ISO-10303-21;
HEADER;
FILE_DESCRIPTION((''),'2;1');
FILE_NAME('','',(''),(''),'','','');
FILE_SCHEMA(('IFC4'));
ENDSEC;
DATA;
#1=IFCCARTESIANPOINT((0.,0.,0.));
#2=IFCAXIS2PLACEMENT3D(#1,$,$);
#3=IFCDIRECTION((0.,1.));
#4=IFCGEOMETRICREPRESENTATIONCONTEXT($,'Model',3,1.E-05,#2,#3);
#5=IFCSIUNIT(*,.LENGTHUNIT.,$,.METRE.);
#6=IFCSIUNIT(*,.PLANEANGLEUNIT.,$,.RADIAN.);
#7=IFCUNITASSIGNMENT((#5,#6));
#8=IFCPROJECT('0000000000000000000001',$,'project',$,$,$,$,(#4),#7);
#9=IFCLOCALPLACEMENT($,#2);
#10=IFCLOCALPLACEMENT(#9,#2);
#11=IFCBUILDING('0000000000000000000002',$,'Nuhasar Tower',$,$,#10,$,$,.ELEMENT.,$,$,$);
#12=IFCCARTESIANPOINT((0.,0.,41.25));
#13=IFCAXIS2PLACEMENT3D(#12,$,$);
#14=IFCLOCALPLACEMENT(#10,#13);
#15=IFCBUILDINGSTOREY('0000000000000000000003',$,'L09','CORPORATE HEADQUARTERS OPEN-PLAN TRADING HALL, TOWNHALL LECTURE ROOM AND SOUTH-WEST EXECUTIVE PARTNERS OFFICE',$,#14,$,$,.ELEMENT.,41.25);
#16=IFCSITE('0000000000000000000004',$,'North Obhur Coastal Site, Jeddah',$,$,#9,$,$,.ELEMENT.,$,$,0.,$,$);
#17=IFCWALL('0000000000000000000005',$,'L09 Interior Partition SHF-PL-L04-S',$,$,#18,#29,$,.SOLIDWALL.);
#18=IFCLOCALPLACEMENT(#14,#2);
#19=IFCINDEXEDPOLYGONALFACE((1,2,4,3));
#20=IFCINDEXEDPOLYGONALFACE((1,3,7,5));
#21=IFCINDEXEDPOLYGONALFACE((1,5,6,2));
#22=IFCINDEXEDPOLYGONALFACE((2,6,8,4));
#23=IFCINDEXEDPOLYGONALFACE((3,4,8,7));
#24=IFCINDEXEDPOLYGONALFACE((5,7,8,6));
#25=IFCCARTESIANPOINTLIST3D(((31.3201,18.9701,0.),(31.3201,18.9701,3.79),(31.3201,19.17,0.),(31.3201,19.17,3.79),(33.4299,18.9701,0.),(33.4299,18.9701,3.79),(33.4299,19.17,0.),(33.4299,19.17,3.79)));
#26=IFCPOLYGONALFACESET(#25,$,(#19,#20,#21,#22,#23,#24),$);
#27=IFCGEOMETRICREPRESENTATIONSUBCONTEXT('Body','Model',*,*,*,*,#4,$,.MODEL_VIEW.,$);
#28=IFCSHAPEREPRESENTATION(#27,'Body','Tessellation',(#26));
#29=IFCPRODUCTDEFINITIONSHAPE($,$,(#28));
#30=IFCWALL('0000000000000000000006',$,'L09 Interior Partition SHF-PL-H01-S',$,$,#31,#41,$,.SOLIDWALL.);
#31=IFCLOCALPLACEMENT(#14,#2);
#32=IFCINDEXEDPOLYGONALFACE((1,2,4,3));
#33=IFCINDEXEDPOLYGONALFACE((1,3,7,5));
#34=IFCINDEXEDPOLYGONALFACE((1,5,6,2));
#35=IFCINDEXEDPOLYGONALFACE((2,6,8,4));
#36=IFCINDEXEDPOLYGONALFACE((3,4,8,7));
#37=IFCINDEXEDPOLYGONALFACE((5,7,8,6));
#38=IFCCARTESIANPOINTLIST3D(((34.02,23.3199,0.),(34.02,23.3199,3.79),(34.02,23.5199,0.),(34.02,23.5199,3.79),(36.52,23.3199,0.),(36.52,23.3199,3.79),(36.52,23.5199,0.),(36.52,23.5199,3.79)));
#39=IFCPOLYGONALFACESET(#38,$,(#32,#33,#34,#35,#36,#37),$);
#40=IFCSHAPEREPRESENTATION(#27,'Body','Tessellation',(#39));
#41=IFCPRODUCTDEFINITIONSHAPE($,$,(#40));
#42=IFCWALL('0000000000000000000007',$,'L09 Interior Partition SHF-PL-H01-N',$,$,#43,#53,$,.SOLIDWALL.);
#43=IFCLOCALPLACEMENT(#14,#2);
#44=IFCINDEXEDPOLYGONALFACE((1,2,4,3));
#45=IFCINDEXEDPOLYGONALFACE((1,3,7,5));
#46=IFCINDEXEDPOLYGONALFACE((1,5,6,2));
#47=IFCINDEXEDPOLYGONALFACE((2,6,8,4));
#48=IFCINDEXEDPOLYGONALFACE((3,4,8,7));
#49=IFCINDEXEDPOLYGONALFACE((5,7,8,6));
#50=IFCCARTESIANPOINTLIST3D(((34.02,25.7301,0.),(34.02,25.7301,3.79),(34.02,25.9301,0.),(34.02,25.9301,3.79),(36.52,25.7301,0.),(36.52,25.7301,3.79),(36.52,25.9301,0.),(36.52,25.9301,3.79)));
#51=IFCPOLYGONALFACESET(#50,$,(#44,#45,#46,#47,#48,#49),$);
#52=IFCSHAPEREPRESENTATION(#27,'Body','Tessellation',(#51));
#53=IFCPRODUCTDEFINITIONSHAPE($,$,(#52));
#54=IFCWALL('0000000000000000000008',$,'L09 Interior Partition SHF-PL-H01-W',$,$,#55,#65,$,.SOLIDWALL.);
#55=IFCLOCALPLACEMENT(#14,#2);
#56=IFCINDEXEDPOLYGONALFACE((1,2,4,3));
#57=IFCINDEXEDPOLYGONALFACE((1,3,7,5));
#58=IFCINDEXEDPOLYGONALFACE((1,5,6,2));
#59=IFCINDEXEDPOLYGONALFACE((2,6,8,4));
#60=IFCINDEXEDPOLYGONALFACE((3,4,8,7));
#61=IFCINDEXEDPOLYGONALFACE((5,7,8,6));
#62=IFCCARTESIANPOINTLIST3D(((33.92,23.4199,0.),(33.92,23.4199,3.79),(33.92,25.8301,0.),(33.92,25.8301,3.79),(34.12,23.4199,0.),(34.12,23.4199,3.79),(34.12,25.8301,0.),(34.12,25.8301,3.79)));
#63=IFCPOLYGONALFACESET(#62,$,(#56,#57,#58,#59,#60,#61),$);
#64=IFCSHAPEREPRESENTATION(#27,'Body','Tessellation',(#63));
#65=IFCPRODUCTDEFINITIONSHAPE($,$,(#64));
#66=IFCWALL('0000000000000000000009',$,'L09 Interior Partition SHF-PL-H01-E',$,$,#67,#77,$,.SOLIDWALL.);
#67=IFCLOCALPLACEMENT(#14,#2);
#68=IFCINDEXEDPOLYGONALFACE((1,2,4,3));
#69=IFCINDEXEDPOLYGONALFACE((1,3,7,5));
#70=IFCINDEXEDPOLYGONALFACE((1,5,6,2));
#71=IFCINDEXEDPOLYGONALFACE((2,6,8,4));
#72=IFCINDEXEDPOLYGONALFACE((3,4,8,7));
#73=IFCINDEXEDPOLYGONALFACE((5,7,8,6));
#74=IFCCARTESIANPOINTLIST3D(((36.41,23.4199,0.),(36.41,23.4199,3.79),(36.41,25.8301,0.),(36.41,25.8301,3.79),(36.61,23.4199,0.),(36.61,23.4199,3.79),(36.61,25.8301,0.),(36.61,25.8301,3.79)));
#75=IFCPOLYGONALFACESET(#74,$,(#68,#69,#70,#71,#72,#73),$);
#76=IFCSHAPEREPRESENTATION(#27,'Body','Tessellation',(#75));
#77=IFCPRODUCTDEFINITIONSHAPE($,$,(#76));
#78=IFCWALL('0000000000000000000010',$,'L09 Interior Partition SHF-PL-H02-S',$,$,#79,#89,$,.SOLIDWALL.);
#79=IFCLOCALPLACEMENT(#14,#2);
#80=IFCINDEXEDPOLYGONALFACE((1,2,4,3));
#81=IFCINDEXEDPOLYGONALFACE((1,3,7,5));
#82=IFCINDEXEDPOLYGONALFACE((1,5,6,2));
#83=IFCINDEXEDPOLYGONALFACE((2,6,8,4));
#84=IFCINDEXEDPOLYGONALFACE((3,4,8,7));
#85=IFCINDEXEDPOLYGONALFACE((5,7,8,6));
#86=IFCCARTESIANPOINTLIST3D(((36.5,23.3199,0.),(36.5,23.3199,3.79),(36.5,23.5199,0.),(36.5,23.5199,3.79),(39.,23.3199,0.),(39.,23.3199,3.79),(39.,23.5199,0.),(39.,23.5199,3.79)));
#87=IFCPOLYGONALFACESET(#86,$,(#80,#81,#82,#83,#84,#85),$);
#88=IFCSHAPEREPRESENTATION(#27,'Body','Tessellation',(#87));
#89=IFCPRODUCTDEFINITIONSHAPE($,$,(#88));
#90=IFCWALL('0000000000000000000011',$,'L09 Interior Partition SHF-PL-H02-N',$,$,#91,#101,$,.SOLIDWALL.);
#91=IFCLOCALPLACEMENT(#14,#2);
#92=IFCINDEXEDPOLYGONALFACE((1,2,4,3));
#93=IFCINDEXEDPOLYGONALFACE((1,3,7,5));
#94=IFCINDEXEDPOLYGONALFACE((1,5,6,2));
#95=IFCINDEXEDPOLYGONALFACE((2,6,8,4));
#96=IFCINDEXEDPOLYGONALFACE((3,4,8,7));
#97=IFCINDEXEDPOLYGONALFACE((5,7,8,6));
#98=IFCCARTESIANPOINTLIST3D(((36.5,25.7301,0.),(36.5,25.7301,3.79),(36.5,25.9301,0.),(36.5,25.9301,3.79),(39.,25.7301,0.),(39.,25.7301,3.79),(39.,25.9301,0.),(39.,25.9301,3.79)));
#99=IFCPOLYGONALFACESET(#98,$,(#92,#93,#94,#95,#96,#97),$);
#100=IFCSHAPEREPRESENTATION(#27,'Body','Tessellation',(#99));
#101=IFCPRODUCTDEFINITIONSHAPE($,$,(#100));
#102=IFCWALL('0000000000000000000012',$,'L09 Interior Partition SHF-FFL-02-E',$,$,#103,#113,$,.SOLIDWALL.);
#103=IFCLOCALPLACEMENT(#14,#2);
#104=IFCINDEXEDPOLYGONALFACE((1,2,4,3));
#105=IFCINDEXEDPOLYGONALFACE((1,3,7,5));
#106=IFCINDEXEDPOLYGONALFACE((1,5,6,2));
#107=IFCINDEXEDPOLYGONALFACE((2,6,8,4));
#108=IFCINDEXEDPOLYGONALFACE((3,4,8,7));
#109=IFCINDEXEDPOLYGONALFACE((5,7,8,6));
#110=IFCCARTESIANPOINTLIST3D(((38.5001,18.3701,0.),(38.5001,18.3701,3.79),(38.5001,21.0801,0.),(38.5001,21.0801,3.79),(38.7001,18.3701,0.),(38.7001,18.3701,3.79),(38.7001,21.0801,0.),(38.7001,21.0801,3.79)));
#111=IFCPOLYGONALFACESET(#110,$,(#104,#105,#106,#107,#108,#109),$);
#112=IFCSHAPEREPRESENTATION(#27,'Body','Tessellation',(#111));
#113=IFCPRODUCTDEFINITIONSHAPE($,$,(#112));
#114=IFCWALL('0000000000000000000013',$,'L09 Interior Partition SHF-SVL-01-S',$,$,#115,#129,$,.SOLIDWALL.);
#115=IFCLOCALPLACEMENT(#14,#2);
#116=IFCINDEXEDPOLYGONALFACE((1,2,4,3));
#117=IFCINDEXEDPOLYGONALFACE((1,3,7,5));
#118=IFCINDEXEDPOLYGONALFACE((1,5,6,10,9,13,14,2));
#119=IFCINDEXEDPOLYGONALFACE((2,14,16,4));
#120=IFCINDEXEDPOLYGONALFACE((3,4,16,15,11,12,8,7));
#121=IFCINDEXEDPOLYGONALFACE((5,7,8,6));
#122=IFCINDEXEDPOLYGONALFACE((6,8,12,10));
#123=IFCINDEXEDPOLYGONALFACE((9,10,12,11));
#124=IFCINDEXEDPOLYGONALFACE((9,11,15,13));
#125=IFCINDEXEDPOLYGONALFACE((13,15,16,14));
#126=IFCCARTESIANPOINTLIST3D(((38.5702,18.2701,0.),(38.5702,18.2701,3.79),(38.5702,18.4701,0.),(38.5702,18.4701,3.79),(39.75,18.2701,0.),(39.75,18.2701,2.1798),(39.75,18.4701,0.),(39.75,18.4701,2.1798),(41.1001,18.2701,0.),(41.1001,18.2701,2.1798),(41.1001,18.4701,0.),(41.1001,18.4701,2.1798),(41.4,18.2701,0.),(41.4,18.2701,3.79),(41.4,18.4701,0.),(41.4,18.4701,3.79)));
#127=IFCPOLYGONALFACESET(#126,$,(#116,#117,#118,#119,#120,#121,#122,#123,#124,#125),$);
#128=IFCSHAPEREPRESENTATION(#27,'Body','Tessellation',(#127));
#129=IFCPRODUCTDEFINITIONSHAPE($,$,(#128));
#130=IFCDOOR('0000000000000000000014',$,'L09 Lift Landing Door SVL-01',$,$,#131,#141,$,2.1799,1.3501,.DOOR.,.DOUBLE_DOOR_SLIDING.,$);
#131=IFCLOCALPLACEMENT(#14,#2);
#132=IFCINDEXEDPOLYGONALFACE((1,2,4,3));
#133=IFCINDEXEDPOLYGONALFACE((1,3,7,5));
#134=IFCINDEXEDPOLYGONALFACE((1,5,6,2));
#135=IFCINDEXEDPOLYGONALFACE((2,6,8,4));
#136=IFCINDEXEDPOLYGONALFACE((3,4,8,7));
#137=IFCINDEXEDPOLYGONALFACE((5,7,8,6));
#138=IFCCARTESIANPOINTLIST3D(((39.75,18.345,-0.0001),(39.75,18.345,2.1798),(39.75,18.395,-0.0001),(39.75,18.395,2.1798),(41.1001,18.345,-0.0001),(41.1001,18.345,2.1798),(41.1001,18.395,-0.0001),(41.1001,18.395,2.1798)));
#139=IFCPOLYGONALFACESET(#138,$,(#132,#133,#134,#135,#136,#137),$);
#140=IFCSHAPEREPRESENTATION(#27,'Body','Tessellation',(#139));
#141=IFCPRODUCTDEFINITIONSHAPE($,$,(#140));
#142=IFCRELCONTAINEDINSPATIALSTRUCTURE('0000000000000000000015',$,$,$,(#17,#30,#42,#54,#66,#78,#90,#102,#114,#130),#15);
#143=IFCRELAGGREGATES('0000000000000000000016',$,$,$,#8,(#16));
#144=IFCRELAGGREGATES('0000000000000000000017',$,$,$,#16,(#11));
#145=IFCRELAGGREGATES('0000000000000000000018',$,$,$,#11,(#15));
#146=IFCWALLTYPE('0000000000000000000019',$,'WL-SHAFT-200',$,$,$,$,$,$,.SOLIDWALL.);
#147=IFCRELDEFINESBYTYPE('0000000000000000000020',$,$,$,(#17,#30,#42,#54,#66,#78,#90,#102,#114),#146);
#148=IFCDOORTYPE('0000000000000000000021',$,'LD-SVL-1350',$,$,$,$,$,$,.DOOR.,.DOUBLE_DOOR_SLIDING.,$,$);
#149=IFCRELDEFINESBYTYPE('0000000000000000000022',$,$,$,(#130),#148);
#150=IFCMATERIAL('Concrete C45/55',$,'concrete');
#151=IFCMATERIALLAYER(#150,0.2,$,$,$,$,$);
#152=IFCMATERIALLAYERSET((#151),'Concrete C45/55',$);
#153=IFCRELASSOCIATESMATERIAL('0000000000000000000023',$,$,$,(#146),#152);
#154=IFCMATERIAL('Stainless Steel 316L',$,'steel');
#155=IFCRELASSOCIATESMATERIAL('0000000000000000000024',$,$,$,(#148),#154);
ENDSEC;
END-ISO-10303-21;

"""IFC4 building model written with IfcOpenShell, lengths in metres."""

from ifc_helpers import new_model, si_unit, direction, frame, frame_2d, origin, place, context, subcontext, project, spatial, rectangle, extrude, material, layer, layer_set, type_object, element, fill, save


model = new_model("IFC4")

# Units and contexts
model_context = context("Model", 3, precision=1e-05, world=origin(), true_north=direction((0.0, 1.0)))
body_context = subcontext(model_context, "Body", "Model", "MODEL_VIEW")
ifc_project = project(units=[si_unit("LENGTHUNIT", "METRE"), si_unit("PLANEANGLEUNIT", "RADIAN")], contexts=[model_context])

# Site, building, storey
site_placement = place(None, origin())
site = spatial("IfcSite", under=ifc_project, at=site_placement, Name="North Obhur Coastal Site, Jeddah", CompositionType="ELEMENT", RefElevation=0.0)
building_placement = place(site_placement, origin())
building = spatial("IfcBuilding", under=site, at=building_placement, Name="Nuhasar Tower", CompositionType="ELEMENT")
storey_placement = place(building_placement, frame((0.0, 0.0, 41.25)))
storey = spatial("IfcBuildingStorey", under=building, at=storey_placement, Name="L09", Description="CORPORATE HEADQUARTERS OPEN-PLAN TRADING HALL, TOWNHALL LECTURE ROOM AND SOUTH-WEST EXECUTIVE PARTNERS OFFICE", CompositionType="ELEMENT", Elevation=41.25)

# Shared definitions
ifc_material_1 = material(Name="Concrete C45/55", Category="concrete")
ifc_layer_1 = layer(ifc_material_1, 0.2)
ifc_layer_set_1 = layer_set([ifc_layer_1], Name="Concrete C45/55")
wall_type_1 = type_object("IfcWallType", Name="WL-SHAFT-200", PredefinedType="SOLIDWALL", material=ifc_layer_set_1)
ifc_material_2 = material(Name="Stainless Steel 316L", Category="steel")

# Wall
wall_1_placement = place(storey_placement, frame((31.3201, 19.0701, 0.0), z_axis=(0.0, 0.0, 1.0), x_axis=(1.0, 0.0, 0.0)))
element("IfcWall", 1, at=wall_1_placement, inside=storey, type_object=wall_type_1, Name="L09 Interior Partition SHF-PL-L04-S", PredefinedType="SOLIDWALL", context=body_context, shape_type="SweptSolid", body=[
    extrude(rectangle(XDim=2.1099, YDim=0.2, at=frame_2d((1.0549, 0.0))), origin(), (0.0, 0.0, 1.0), 3.79),
])

# Walls
for number, where, z_axis, x_axis, name in (
    (2, (34.02, 23.4199, 0.0), (0.0, 0.0, 1.0), (1.0, 0.0, 0.0), "L09 Interior Partition SHF-PL-H01-S"),
    (3, (34.02, 25.8301, 0.0), (0.0, 0.0, 1.0), (1.0, 0.0, 0.0), "L09 Interior Partition SHF-PL-H01-N"),
):
    element("IfcWall", number, at=place(storey_placement, frame(where, z_axis=z_axis, x_axis=x_axis)), inside=storey, type_object=wall_type_1, Name=name, PredefinedType="SOLIDWALL", context=body_context, shape_type="SweptSolid", body=[
        extrude(rectangle(XDim=2.5, YDim=0.2, at=frame_2d((1.25, 0.0))), origin(), (0.0, 0.0, 1.0), 3.79),
    ])
for number, where, z_axis, x_axis, name in (
    (4, (34.02, 23.4199, 0.0), (0.0, 0.0, 1.0), (0.0, 1.0, 0.0), "L09 Interior Partition SHF-PL-H01-W"),
    (5, (36.51, 23.4199, 0.0), (0.0, 0.0, 1.0), (0.0, 1.0, 0.0), "L09 Interior Partition SHF-PL-H01-E"),
):
    element("IfcWall", number, at=place(storey_placement, frame(where, z_axis=z_axis, x_axis=x_axis)), inside=storey, type_object=wall_type_1, Name=name, PredefinedType="SOLIDWALL", context=body_context, shape_type="SweptSolid", body=[
        extrude(rectangle(XDim=2.4102, YDim=0.2, at=frame_2d((1.2051, 0.0))), origin(), (0.0, 0.0, 1.0), 3.79),
    ])
for number, where, z_axis, x_axis, name in (
    (6, (36.5, 23.4199, 0.0), (0.0, 0.0, 1.0), (1.0, 0.0, 0.0), "L09 Interior Partition SHF-PL-H02-S"),
    (7, (36.5, 25.8301, 0.0), (0.0, 0.0, 1.0), (1.0, 0.0, 0.0), "L09 Interior Partition SHF-PL-H02-N"),
):
    element("IfcWall", number, at=place(storey_placement, frame(where, z_axis=z_axis, x_axis=x_axis)), inside=storey, type_object=wall_type_1, Name=name, PredefinedType="SOLIDWALL", context=body_context, shape_type="SweptSolid", body=[
        extrude(rectangle(XDim=2.5, YDim=0.2, at=frame_2d((1.25, 0.0))), origin(), (0.0, 0.0, 1.0), 3.79),
    ])
wall_2_placement = place(storey_placement, frame((38.6001, 18.3701, 0.0), z_axis=(0.0, 0.0, 1.0), x_axis=(0.0, 1.0, 0.0)))
element("IfcWall", 8, at=wall_2_placement, inside=storey, type_object=wall_type_1, Name="L09 Interior Partition SHF-FFL-02-E", PredefinedType="SOLIDWALL", context=body_context, shape_type="SweptSolid", body=[
    extrude(rectangle(XDim=2.71, YDim=0.2, at=frame_2d((1.355, 0.0))), origin(), (0.0, 0.0, 1.0), 3.79),
])

# Wall, opening, door
wall_3_placement = place(storey_placement, frame((38.5701, 18.3701, 0.0), z_axis=(0.0, 0.0, 1.0), x_axis=(1.0, 0.0, 0.0)))
wall_3 = element("IfcWall", 9, at=wall_3_placement, inside=storey, type_object=wall_type_1, Name="L09 Interior Partition SHF-SVL-01-S", PredefinedType="SOLIDWALL", context=body_context, shape_type="SweptSolid", body=[
    extrude(rectangle(XDim=2.8298, YDim=0.2, at=frame_2d((1.415, 0.0))), origin(), (0.0, 0.0, 1.0), 3.79),
])
opening_1_placement = place(wall_3_placement, frame((1.1799, 0.0, 0.0)))
opening_1 = element("IfcOpeningElement", 10, at=opening_1_placement, cuts=wall_3, PredefinedType="OPENING", context=body_context, shape_type="SweptSolid", body=[
    extrude(rectangle(XDim=1.3501, YDim=2.1799, at=frame_2d((0.675, 1.0898))), frame((0.0, 0.1099, 0.0), z_axis=(0.0, -1.0, 0.0), x_axis=(1.0, 0.0, 0.0)), (0.0, 0.0, 1.0), 0.22),
])
door_type_1 = type_object("IfcDoorType", Name="LD-SVL-1350", OperationType="DOUBLE_DOOR_SLIDING", PredefinedType="DOOR", material=ifc_material_2)
door_1_placement = place(opening_1_placement, origin())
door_1 = element("IfcDoor", 11, at=door_1_placement, inside=storey, type_object=door_type_1, Name="L09 Lift Landing Door SVL-01", OperationType="DOUBLE_DOOR_SLIDING", OverallHeight=2.1799, OverallWidth=1.3501, PredefinedType="DOOR", context=body_context, shape_type="SweptSolid", body=[
    extrude(rectangle(XDim=1.3501, YDim=2.1799, at=frame_2d((0.675, 1.0898))), frame((0.0, 0.0249, 0.0), z_axis=(0.0, -1.0, 0.0), x_axis=(1.0, 0.0, 0.0)), (0.0, 0.0, 1.0), 0.05),
])
fill(opening_1, door_1)

save(model, "model.ifc")
